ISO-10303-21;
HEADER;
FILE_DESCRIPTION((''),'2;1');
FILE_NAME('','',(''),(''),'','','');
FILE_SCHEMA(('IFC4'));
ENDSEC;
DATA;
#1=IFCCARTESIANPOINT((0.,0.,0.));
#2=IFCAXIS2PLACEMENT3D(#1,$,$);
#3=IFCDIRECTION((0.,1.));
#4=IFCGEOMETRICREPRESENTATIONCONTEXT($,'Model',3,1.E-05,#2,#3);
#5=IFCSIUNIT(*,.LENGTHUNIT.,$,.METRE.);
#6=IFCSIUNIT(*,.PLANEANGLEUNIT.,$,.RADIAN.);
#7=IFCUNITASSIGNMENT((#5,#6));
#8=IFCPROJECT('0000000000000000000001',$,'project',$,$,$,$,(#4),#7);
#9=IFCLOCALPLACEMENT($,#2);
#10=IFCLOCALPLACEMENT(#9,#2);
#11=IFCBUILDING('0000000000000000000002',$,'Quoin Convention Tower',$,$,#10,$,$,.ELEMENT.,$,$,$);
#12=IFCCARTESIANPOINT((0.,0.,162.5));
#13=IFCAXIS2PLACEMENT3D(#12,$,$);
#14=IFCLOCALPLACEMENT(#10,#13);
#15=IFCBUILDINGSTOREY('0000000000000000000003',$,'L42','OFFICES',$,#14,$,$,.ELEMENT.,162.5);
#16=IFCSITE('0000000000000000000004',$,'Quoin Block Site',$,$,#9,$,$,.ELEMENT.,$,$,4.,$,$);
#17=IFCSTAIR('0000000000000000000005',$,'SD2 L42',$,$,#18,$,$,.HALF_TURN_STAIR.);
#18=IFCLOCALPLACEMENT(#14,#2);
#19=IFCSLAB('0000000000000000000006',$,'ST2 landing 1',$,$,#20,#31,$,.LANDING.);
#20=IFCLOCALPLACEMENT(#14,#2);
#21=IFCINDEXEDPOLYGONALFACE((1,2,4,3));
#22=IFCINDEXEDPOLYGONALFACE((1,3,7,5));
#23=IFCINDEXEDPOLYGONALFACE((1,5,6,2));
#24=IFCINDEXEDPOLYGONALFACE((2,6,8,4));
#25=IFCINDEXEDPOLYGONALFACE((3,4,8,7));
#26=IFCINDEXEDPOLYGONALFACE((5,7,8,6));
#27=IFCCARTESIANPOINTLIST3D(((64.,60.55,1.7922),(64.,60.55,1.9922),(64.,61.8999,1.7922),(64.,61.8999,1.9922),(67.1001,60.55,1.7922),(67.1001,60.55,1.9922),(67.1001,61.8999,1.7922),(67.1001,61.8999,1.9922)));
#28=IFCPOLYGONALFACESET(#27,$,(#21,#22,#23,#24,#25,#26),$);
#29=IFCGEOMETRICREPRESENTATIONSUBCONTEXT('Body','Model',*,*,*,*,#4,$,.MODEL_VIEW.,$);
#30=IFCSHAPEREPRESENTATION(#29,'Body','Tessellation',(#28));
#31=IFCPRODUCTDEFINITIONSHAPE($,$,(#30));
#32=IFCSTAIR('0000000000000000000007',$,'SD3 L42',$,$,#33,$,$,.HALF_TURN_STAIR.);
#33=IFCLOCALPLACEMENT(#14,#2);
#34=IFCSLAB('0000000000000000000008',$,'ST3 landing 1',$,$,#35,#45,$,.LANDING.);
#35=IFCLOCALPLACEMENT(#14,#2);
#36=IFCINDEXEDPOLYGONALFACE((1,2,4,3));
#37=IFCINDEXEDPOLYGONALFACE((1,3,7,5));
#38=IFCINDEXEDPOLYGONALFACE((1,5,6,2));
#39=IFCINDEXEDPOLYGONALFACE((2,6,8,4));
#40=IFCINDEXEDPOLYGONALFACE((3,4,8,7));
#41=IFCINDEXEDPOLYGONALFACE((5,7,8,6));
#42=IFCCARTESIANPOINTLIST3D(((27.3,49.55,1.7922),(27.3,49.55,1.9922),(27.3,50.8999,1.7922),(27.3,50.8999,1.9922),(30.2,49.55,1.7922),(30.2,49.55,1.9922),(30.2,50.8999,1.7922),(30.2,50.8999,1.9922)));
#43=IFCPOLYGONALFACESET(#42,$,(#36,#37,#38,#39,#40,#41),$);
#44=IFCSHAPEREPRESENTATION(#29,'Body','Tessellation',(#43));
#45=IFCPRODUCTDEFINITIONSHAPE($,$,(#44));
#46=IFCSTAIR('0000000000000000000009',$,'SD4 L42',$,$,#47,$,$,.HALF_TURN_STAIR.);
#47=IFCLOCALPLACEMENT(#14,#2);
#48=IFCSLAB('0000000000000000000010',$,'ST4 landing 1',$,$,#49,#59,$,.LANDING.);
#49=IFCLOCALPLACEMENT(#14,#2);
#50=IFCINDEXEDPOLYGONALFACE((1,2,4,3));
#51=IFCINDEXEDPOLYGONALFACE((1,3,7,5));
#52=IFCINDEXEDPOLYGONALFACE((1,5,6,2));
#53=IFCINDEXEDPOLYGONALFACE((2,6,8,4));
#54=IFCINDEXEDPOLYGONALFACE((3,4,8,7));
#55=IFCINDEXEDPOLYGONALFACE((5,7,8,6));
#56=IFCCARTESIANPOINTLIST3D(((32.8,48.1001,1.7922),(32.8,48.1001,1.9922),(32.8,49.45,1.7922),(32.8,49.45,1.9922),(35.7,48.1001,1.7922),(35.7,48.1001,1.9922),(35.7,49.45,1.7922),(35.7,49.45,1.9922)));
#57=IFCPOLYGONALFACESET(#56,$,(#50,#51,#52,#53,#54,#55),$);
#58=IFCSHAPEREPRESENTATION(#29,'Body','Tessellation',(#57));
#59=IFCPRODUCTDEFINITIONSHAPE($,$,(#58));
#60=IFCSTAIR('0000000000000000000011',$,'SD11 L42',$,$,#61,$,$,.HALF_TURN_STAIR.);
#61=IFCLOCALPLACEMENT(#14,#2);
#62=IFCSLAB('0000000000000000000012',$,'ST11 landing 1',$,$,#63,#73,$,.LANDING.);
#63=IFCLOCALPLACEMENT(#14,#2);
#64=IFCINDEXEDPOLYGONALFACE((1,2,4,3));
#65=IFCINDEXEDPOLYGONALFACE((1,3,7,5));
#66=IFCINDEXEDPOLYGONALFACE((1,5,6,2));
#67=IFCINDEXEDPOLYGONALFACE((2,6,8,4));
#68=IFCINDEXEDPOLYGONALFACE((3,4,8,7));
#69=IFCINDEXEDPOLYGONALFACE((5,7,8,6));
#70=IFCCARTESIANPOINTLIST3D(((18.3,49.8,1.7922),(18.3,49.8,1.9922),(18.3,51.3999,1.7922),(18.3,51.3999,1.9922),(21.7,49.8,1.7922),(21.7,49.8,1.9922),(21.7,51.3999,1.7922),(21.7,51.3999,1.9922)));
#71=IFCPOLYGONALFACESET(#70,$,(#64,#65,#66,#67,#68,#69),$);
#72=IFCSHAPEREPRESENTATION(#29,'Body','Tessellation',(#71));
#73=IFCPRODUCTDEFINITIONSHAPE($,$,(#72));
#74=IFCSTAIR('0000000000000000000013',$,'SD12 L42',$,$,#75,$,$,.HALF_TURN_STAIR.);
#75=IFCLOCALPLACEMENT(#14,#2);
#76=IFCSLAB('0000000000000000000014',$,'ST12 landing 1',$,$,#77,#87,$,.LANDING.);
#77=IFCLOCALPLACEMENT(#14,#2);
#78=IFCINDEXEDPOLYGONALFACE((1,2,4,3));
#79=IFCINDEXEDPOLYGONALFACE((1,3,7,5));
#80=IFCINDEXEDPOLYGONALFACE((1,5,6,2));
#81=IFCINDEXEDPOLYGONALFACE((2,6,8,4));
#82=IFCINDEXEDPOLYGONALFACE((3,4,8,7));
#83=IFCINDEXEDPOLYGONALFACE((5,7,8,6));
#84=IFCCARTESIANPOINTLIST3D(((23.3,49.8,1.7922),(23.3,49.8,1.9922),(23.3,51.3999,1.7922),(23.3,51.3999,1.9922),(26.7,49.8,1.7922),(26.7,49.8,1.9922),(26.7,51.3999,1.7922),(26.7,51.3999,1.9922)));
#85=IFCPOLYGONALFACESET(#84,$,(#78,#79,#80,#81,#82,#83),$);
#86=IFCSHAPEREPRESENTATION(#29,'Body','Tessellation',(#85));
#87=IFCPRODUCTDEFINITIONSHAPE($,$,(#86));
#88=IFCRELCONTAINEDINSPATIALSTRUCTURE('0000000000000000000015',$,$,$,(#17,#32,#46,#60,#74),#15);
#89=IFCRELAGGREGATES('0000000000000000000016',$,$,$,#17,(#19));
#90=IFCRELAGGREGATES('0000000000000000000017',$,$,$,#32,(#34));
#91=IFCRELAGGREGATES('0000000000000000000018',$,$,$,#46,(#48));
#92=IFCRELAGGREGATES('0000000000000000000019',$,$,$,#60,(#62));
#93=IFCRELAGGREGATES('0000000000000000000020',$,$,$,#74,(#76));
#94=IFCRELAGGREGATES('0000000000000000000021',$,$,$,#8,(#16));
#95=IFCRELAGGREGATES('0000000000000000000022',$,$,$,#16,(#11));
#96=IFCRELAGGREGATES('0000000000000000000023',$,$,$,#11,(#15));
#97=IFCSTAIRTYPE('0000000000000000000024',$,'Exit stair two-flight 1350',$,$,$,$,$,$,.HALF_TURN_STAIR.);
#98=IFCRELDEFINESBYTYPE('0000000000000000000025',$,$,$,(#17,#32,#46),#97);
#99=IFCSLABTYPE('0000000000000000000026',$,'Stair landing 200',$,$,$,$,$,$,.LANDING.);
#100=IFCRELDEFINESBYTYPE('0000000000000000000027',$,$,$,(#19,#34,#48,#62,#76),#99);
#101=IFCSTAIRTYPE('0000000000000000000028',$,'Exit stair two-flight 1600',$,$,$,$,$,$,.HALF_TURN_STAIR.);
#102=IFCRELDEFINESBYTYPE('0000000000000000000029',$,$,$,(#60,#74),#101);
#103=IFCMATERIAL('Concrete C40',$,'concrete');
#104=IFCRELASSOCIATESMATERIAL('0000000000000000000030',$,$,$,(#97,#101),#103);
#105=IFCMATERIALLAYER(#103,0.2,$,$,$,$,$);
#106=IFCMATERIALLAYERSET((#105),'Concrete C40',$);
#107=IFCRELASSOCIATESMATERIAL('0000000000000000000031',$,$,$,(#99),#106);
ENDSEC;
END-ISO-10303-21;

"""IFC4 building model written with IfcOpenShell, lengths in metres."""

from ifc_helpers import new_model, si_unit, direction, frame, origin, place, context, subcontext, project, spatial, polyline, outline, extrude, material, layer, layer_set, type_object, element, aggregate, save


model = new_model("IFC4")

# Units and contexts
model_context = context("Model", 3, precision=1e-05, world=origin(), true_north=direction((0.0, 1.0)))
body_context = subcontext(model_context, "Body", "Model", "MODEL_VIEW")
ifc_project = project(units=[si_unit("LENGTHUNIT", "METRE"), si_unit("PLANEANGLEUNIT", "RADIAN")], contexts=[model_context])

# Site, building, storey
site_placement = place(None, origin())
site = spatial("IfcSite", under=ifc_project, at=site_placement, Name="Quoin Block Site", CompositionType="ELEMENT", RefElevation=4.0)
building_placement = place(site_placement, origin())
building = spatial("IfcBuilding", under=site, at=building_placement, Name="Quoin Convention Tower", CompositionType="ELEMENT")
storey_placement = place(building_placement, frame((0.0, 0.0, 162.5)))
storey = spatial("IfcBuildingStorey", under=building, at=storey_placement, Name="L42", Description="OFFICES", CompositionType="ELEMENT", Elevation=162.5)

# Shared definitions
ifc_material_1 = material(Name="Concrete C40", Category="concrete")

# Stairs, slabs
stair_type_1 = type_object("IfcStairType", Name="Exit stair two-flight 1350", PredefinedType="HALF_TURN_STAIR", material=ifc_material_1)
ifc_layer_1 = layer(ifc_material_1, 0.2)
ifc_layer_set_1 = layer_set([ifc_layer_1], Name="Concrete C40")
slab_type_1 = type_object("IfcSlabType", Name="Stair landing 200", PredefinedType="LANDING", material=ifc_layer_set_1)
stair_1_placement = place(storey_placement, origin())
stair_1 = element("IfcStair", 1, at=stair_1_placement, inside=storey, type_object=stair_type_1, Name="SD2 L42", PredefinedType="HALF_TURN_STAIR")
slab_1_placement = place(storey_placement, frame((0.0, 0.0, 1.7922)))
slab_1 = element("IfcSlab", 2, at=slab_1_placement, type_object=slab_type_1, Name="ST2 landing 1", PredefinedType="LANDING", context=body_context, shape_type="SweptSolid", body=[
    extrude(outline(polyline([(64.0, 60.55), (67.1001, 60.55), (67.1001, 61.8999), (64.0, 61.8999), (64.0, 60.55)])), origin(), (0.0, 0.0, 1.0), 0.2),
])
aggregate(stair_1, [slab_1])
stair_2_placement = place(storey_placement, origin())
stair_2 = element("IfcStair", 3, at=stair_2_placement, inside=storey, type_object=stair_type_1, Name="SD3 L42", PredefinedType="HALF_TURN_STAIR")
slab_2_placement = place(storey_placement, frame((0.0, 0.0, 1.7922)))
slab_2 = element("IfcSlab", 4, at=slab_2_placement, type_object=slab_type_1, Name="ST3 landing 1", PredefinedType="LANDING", context=body_context, shape_type="SweptSolid", body=[
    extrude(outline(polyline([(27.3, 49.55), (30.2, 49.55), (30.2, 50.8999), (27.3, 50.8999), (27.3, 49.55)])), origin(), (0.0, 0.0, 1.0), 0.2),
])
aggregate(stair_2, [slab_2])
stair_3_placement = place(storey_placement, origin())
stair_3 = element("IfcStair", 5, at=stair_3_placement, inside=storey, type_object=stair_type_1, Name="SD4 L42", PredefinedType="HALF_TURN_STAIR")
slab_3_placement = place(storey_placement, frame((0.0, 0.0, 1.7922)))
slab_3 = element("IfcSlab", 6, at=slab_3_placement, type_object=slab_type_1, Name="ST4 landing 1", PredefinedType="LANDING", context=body_context, shape_type="SweptSolid", body=[
    extrude(outline(polyline([(35.7, 49.45), (32.8, 49.45), (32.8, 48.1001), (35.7, 48.1001), (35.7, 49.45)])), origin(), (0.0, 0.0, 1.0), 0.2),
])
aggregate(stair_3, [slab_3])
stair_type_2 = type_object("IfcStairType", Name="Exit stair two-flight 1600", PredefinedType="HALF_TURN_STAIR", material=ifc_material_1)
stair_4_placement = place(storey_placement, origin())
stair_4 = element("IfcStair", 7, at=stair_4_placement, inside=storey, type_object=stair_type_2, Name="SD11 L42", PredefinedType="HALF_TURN_STAIR")
slab_4_placement = place(storey_placement, frame((0.0, 0.0, 1.7922)))
slab_4 = element("IfcSlab", 8, at=slab_4_placement, type_object=slab_type_1, Name="ST11 landing 1", PredefinedType="LANDING", context=body_context, shape_type="SweptSolid", body=[
    extrude(outline(polyline([(21.7, 51.3999), (18.3, 51.3999), (18.3, 49.8), (21.7, 49.8), (21.7, 51.3999)])), origin(), (0.0, 0.0, 1.0), 0.2),
])
aggregate(stair_4, [slab_4])
stair_5_placement = place(storey_placement, origin())
stair_5 = element("IfcStair", 9, at=stair_5_placement, inside=storey, type_object=stair_type_2, Name="SD12 L42", PredefinedType="HALF_TURN_STAIR")
slab_5_placement = place(storey_placement, frame((0.0, 0.0, 1.7922)))
slab_5 = element("IfcSlab", 10, at=slab_5_placement, type_object=slab_type_1, Name="ST12 landing 1", PredefinedType="LANDING", context=body_context, shape_type="SweptSolid", body=[
    extrude(outline(polyline([(26.7, 51.3999), (23.3, 51.3999), (23.3, 49.8), (26.7, 49.8), (26.7, 51.3999)])), origin(), (0.0, 0.0, 1.0), 0.2),
])
aggregate(stair_5, [slab_5])

save(model, "model.ifc")
